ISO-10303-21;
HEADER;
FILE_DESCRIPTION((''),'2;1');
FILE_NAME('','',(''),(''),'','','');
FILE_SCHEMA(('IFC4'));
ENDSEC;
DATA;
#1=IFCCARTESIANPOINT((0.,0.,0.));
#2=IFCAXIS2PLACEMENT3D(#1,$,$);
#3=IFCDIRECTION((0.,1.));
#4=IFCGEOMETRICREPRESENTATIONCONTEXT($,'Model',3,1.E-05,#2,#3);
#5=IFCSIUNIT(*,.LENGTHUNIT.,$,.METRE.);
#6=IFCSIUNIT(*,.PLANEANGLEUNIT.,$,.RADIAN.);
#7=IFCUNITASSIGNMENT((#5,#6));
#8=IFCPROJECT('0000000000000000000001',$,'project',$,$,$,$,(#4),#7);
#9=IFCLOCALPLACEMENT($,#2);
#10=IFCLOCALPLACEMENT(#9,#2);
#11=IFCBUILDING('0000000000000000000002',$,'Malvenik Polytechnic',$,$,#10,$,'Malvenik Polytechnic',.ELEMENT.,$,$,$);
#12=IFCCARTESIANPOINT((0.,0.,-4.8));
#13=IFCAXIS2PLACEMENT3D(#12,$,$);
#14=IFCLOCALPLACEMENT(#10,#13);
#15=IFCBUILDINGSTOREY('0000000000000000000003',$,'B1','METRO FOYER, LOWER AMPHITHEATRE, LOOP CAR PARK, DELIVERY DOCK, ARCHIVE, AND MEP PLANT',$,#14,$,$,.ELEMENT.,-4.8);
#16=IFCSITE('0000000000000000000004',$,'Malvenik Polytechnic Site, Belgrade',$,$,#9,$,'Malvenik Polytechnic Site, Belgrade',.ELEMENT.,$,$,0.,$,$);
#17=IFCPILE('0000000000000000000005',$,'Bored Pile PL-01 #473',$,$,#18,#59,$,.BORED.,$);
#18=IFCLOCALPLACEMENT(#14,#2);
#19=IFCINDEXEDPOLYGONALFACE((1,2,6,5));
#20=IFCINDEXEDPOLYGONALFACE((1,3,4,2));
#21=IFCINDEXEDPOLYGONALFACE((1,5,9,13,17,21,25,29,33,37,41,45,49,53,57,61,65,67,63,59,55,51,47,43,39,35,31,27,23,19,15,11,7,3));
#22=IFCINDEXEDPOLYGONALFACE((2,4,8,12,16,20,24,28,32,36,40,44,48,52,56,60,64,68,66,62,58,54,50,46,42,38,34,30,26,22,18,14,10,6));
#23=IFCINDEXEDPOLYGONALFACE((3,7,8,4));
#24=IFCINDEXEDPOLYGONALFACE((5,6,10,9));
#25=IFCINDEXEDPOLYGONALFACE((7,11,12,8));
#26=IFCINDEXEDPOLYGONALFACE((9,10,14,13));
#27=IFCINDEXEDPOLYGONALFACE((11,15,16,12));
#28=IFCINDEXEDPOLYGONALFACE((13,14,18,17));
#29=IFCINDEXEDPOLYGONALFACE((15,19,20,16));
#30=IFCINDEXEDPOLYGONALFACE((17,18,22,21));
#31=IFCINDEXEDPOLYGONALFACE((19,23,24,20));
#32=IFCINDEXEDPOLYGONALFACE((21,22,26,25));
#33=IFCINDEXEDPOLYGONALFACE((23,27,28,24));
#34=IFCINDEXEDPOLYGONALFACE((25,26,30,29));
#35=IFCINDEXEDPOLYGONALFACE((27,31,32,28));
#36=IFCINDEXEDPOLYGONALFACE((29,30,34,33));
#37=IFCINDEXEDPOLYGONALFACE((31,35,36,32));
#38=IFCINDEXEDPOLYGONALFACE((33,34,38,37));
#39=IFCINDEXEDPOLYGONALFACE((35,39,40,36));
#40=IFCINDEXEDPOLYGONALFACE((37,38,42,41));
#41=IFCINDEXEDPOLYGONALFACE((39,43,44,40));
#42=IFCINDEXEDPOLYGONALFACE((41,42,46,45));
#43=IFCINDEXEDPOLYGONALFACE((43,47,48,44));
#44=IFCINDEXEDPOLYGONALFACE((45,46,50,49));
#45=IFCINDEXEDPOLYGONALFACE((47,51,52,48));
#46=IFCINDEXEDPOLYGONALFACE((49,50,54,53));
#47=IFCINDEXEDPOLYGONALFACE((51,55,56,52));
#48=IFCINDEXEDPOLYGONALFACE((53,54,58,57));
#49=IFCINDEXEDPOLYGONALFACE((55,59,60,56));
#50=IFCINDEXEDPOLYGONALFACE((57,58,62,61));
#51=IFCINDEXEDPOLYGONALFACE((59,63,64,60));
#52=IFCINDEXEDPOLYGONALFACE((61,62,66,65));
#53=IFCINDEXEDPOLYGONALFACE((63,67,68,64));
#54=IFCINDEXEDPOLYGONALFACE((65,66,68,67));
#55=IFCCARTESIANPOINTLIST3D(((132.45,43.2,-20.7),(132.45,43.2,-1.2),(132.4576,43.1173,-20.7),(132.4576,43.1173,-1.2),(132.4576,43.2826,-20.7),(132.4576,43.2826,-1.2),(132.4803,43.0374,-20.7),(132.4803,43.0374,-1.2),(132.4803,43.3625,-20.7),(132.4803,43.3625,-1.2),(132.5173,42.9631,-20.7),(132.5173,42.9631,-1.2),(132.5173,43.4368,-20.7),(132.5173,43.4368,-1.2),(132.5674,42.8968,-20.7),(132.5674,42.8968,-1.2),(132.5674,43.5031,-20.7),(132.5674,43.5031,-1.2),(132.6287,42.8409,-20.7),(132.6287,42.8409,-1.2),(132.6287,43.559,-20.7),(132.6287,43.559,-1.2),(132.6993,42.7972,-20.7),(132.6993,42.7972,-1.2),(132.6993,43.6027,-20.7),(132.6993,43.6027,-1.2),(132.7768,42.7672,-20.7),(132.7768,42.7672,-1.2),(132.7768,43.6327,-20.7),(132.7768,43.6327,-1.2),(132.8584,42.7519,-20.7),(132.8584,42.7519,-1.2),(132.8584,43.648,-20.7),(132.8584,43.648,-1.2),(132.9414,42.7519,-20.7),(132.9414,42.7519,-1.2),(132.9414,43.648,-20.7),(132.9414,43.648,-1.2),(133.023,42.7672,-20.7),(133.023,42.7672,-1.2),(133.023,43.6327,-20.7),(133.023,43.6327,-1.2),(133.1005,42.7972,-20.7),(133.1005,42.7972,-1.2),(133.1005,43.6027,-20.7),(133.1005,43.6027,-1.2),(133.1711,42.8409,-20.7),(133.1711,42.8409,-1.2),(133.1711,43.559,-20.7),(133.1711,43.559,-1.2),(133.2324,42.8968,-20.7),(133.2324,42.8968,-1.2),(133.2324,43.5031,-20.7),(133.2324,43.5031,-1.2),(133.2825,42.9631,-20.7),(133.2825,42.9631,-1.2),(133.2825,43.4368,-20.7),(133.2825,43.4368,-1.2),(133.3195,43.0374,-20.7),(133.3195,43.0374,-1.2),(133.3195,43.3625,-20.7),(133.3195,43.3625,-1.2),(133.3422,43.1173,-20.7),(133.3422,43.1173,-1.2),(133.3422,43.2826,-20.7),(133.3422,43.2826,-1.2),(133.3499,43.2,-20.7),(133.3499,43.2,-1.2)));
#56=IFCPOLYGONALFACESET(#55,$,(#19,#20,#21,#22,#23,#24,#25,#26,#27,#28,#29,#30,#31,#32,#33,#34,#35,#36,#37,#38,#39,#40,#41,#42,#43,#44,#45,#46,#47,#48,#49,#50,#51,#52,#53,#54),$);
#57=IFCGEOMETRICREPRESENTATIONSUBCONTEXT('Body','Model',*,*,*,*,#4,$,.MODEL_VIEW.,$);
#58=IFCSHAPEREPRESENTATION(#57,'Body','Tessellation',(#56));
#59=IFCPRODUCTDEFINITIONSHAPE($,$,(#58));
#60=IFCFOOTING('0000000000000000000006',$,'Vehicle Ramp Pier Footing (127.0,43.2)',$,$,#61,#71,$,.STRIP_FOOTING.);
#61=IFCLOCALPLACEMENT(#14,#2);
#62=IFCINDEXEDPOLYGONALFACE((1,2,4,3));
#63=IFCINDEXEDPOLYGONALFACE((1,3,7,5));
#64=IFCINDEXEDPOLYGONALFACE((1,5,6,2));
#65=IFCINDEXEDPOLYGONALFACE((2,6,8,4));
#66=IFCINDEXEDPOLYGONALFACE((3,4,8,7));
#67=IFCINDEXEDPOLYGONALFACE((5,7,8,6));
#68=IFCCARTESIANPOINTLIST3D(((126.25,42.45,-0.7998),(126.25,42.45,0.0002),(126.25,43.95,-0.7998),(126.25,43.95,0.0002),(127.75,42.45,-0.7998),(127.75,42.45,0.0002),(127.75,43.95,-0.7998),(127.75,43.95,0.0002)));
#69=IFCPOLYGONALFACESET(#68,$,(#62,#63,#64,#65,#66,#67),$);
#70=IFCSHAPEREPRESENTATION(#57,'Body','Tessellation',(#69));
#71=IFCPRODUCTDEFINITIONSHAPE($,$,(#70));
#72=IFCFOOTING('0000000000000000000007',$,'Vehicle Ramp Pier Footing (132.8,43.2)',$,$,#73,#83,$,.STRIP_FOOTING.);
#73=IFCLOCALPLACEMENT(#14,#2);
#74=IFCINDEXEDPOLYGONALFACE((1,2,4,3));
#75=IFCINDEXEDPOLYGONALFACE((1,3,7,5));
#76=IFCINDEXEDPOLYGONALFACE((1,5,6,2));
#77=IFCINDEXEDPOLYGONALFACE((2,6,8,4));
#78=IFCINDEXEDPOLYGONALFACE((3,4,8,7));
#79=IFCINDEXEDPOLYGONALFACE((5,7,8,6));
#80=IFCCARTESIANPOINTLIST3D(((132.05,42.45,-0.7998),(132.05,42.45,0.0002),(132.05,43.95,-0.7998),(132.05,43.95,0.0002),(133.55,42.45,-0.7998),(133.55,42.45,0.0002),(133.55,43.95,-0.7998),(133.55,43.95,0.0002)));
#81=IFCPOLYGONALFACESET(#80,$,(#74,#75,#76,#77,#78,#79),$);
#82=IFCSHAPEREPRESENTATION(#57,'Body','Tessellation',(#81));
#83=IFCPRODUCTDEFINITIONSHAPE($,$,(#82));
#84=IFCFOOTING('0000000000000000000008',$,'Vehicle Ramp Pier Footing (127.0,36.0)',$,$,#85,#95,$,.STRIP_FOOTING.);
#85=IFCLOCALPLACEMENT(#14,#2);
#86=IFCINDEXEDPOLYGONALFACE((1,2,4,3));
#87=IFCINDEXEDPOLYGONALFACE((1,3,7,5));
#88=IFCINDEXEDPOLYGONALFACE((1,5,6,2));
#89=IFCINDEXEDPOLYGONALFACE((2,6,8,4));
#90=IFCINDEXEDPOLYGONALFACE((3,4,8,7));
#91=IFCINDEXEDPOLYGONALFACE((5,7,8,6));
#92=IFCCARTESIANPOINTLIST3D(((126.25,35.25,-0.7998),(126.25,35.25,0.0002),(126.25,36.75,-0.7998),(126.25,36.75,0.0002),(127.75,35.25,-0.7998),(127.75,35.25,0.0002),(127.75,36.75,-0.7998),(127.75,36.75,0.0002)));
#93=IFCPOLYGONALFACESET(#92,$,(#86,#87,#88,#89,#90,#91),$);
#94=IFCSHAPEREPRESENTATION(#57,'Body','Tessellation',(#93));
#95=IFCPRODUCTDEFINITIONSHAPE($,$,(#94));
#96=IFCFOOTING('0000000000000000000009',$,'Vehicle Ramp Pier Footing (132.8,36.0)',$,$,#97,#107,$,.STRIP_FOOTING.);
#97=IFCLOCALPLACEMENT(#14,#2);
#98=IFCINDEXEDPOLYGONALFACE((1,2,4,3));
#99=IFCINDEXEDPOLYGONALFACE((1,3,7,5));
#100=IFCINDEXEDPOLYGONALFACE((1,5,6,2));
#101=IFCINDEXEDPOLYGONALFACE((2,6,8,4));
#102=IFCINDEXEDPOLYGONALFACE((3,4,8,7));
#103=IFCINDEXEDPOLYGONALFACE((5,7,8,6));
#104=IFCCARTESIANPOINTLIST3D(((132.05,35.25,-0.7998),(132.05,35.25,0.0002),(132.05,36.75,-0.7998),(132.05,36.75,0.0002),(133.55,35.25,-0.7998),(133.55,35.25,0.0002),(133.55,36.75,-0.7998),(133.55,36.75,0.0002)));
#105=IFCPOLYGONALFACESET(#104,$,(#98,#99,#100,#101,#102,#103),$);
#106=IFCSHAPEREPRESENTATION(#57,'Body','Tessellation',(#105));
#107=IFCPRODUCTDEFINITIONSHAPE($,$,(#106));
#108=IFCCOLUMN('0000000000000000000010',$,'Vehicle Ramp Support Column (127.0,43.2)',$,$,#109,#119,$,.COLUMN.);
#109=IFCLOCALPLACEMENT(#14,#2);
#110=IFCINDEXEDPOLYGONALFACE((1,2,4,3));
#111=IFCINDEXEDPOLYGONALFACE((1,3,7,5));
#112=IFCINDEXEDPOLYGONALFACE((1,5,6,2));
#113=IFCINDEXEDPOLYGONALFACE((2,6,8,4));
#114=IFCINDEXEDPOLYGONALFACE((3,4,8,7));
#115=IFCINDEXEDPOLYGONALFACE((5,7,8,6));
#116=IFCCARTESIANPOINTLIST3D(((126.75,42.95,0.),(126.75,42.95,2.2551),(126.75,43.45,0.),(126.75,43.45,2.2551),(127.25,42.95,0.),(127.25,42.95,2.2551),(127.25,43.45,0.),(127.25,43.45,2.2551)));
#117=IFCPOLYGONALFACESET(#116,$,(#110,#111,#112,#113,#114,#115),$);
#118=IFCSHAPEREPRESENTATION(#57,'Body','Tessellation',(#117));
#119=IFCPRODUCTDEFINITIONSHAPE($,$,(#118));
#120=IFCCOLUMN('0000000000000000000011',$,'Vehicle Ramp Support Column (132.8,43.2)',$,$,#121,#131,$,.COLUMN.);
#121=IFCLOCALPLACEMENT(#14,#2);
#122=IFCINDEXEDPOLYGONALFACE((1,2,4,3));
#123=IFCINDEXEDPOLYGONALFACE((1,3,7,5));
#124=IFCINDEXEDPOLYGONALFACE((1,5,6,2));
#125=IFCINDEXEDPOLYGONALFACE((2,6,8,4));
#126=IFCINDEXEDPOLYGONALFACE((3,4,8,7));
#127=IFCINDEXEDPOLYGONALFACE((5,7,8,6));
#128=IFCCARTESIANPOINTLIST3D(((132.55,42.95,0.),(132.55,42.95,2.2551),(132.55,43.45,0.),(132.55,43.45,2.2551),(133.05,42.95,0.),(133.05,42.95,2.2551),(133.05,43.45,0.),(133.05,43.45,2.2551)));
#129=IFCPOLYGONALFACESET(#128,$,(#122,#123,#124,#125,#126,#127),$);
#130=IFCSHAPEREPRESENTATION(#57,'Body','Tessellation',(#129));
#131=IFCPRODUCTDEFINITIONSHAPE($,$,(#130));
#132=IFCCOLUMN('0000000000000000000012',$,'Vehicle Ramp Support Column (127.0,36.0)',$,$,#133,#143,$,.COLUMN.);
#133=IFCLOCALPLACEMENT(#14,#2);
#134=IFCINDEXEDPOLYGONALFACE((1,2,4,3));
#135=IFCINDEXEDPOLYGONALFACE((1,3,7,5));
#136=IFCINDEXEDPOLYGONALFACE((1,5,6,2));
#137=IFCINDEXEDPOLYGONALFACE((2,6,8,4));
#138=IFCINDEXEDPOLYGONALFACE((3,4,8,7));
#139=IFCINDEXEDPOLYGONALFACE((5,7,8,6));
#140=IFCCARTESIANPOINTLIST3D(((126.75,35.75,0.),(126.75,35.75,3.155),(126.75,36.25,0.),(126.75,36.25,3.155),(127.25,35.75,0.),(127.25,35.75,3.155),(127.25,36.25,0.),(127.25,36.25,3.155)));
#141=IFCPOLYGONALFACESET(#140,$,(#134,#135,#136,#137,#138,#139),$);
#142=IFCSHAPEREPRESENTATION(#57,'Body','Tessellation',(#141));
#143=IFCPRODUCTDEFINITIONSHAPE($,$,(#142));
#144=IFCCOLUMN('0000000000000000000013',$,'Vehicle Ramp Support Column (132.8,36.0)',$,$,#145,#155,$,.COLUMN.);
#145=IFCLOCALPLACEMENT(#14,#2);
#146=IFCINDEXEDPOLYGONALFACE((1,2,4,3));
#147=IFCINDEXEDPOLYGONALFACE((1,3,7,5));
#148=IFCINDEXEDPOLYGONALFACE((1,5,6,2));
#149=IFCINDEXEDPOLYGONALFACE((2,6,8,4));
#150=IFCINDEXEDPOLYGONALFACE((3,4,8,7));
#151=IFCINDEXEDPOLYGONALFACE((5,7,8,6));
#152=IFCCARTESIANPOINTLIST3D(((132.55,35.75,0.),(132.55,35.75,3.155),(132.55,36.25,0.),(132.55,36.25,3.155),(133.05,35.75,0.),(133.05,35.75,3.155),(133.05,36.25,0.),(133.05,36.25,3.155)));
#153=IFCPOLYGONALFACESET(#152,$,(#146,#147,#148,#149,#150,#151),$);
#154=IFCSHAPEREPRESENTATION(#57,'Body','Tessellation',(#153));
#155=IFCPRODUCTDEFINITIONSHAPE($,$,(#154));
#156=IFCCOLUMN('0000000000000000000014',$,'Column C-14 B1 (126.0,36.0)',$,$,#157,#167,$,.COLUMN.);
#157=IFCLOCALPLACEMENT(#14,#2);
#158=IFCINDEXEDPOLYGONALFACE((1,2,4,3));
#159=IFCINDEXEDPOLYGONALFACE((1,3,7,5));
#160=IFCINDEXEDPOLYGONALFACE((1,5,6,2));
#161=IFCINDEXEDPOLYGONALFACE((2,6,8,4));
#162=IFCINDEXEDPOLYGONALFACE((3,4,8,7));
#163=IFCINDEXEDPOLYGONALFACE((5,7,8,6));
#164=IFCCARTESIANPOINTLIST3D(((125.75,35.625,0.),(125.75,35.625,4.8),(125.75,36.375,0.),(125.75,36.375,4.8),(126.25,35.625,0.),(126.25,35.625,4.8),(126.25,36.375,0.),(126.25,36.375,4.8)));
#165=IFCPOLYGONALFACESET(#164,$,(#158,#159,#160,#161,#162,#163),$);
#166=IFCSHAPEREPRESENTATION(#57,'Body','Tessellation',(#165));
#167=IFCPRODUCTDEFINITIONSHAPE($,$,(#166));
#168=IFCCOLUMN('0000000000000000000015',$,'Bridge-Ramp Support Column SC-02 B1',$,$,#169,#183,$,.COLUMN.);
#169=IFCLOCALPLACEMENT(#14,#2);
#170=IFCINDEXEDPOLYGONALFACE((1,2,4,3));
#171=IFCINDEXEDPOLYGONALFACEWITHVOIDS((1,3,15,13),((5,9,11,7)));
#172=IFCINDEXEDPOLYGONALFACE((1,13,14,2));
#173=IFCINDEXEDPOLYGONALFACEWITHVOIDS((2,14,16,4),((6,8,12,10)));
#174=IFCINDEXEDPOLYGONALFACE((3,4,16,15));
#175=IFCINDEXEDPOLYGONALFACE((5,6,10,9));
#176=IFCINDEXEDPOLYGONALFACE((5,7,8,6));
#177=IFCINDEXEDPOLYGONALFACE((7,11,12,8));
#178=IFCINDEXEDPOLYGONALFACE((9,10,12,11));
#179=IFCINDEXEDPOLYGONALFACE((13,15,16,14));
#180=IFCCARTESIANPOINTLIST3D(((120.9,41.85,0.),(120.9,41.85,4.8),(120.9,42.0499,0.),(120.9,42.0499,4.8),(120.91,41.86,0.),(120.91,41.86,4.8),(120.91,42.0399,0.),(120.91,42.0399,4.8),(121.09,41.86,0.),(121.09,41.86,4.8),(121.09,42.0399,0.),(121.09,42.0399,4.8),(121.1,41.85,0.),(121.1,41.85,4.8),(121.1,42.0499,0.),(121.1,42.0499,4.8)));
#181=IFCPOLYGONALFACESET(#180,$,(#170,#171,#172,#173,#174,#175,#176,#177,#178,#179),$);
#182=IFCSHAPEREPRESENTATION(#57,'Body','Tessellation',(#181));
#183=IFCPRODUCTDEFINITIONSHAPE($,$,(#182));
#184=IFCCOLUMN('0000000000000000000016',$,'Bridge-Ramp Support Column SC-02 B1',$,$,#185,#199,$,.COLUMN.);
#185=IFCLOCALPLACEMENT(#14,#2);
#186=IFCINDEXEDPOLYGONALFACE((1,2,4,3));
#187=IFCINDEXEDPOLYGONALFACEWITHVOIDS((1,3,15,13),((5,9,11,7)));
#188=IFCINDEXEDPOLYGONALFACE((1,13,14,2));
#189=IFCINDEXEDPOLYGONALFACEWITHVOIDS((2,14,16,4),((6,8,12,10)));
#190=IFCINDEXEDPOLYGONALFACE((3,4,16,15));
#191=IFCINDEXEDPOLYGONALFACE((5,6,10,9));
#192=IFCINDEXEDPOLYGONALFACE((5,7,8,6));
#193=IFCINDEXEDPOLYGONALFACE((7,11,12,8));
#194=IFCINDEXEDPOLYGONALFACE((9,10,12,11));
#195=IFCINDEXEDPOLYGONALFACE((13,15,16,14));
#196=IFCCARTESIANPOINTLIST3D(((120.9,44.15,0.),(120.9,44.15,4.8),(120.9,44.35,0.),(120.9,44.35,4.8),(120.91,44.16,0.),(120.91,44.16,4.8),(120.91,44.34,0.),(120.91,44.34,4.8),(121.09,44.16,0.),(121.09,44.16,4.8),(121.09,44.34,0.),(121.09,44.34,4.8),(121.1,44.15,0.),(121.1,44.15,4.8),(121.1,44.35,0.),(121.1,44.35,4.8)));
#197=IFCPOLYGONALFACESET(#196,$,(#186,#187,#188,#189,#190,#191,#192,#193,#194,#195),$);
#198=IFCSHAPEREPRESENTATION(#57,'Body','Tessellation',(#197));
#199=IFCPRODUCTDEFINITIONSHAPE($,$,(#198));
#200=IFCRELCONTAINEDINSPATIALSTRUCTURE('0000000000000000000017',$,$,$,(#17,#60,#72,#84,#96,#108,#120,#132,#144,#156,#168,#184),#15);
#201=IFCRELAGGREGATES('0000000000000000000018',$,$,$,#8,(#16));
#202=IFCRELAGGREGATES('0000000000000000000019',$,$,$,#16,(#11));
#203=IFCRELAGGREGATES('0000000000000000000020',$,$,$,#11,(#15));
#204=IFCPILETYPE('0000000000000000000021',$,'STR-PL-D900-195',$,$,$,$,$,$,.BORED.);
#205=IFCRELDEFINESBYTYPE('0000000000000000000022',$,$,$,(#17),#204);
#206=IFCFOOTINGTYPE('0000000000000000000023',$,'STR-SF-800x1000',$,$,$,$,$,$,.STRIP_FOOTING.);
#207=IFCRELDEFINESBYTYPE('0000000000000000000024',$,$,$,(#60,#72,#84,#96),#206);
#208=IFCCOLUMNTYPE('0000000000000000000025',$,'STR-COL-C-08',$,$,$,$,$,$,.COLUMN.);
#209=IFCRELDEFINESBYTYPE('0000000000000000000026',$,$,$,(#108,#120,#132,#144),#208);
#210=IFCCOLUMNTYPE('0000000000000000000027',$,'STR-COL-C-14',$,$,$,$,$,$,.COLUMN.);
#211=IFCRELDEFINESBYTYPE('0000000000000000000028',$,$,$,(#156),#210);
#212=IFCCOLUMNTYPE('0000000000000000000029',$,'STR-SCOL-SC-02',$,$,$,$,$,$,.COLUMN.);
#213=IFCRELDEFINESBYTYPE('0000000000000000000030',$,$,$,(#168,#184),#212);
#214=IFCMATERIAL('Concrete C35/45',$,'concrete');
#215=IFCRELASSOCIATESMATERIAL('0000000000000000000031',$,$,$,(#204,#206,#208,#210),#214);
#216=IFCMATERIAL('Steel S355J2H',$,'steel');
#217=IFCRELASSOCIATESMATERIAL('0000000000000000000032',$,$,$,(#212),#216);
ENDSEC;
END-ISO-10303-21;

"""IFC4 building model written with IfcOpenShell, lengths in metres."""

from ifc_helpers import new_model, si_unit, direction, frame, origin, origin_2d, place, context, subcontext, project, spatial, rectangle, hollow_rectangle, circle, extrude, material, material_profile, profile_set, type_object, element, save


model = new_model("IFC4")

# Units and contexts
model_context = context("Model", 3, precision=1e-05, world=origin(), true_north=direction((0.0, 1.0)))
body_context = subcontext(model_context, "Body", "Model", "MODEL_VIEW")
ifc_project = project(units=[si_unit("LENGTHUNIT", "METRE"), si_unit("PLANEANGLEUNIT", "RADIAN")], contexts=[model_context])

# Site, building, storey
site_placement = place(None, origin())
site = spatial("IfcSite", under=ifc_project, at=site_placement, Name="Malvenik Polytechnic Site, Belgrade", LongName="Malvenik Polytechnic Site, Belgrade", CompositionType="ELEMENT", RefElevation=0.0)
building_placement = place(site_placement, origin())
building = spatial("IfcBuilding", under=site, at=building_placement, Name="Malvenik Polytechnic", LongName="Malvenik Polytechnic", CompositionType="ELEMENT")
storey_placement = place(building_placement, frame((0.0, 0.0, -4.8)))
storey = spatial("IfcBuildingStorey", under=building, at=storey_placement, Name="B1", Description="METRO FOYER, LOWER AMPHITHEATRE, LOOP CAR PARK, DELIVERY DOCK, ARCHIVE, AND MEP PLANT", CompositionType="ELEMENT", Elevation=-4.8)

# Shared definitions
ifc_material_1 = material(Name="Concrete C35/45", Category="concrete")

# Pile
ifc_material_profile_1 = material_profile(ifc_material_1, circle(Radius=0.45, at=origin_2d()), Name="BORED PILE D900")
ifc_profile_set_1 = profile_set([ifc_material_profile_1], Name="Concrete C35/45")
pile_type_1 = type_object("IfcPileType", Name="STR-PL-D900-195", PredefinedType="BORED", material=ifc_profile_set_1)
for number, where, z_axis, x_axis, name in (
    (1, (132.8999, 43.2, -1.2), (0.0, 0.0, -1.0), (1.0, 0.0, 0.0), "Bored Pile PL-01 #473"),
):
    element("IfcPile", number, at=place(storey_placement, frame(where, z_axis=z_axis, x_axis=x_axis)), inside=storey, type_object=pile_type_1, Name=name, PredefinedType="BORED", context=body_context, shape_type="SweptSolid", body=[
        extrude(circle(Radius=0.45, at=origin_2d()), origin(), (0.0, 0.0, 1.0), 19.5),
    ])

# Footings
footing_type_1 = type_object("IfcFootingType", Name="STR-SF-800x1000", PredefinedType="STRIP_FOOTING", material=ifc_material_1)
for number, where, z_axis, x_axis, name in (
    (2, (127.0, 43.2, -0.7998), (0.0, 0.0, 1.0), (1.0, 0.0, 0.0), "Vehicle Ramp Pier Footing (127.0,43.2)"),
    (3, (132.8, 43.2, -0.7998), (0.0, 0.0, 1.0), (1.0, 0.0, 0.0), "Vehicle Ramp Pier Footing (132.8,43.2)"),
    (4, (127.0, 36.0, -0.7998), (0.0, 0.0, 1.0), (1.0, 0.0, 0.0), "Vehicle Ramp Pier Footing (127.0,36.0)"),
    (5, (132.8, 36.0, -0.7998), (0.0, 0.0, 1.0), (1.0, 0.0, 0.0), "Vehicle Ramp Pier Footing (132.8,36.0)"),
):
    element("IfcFooting", number, at=place(storey_placement, frame(where, z_axis=z_axis, x_axis=x_axis)), inside=storey, type_object=footing_type_1, Name=name, PredefinedType="STRIP_FOOTING", context=body_context, shape_type="SweptSolid", body=[
        extrude(rectangle(XDim=1.5, YDim=1.5, at=origin_2d()), origin(), (0.0, 0.0, 1.0), 0.8),
    ])

# Columns
ifc_material_profile_2 = material_profile(ifc_material_1, rectangle(XDim=0.5, YDim=0.5, at=origin_2d()), Name="RC COL 500x500")
ifc_profile_set_2 = profile_set([ifc_material_profile_2], Name="Concrete C35/45")
column_type_1 = type_object("IfcColumnType", Name="STR-COL-C-08", PredefinedType="COLUMN", material=ifc_profile_set_2)
for number, where, z_axis, x_axis, name in (
    (6, (127.0, 43.2, 0.0), (0.0, 0.0, 1.0), (1.0, 0.0, 0.0), "Vehicle Ramp Support Column (127.0,43.2)"),
    (7, (132.8, 43.2, 0.0), (0.0, 0.0, 1.0), (1.0, 0.0, 0.0), "Vehicle Ramp Support Column (132.8,43.2)"),
):
    element("IfcColumn", number, at=place(storey_placement, frame(where, z_axis=z_axis, x_axis=x_axis)), inside=storey, type_object=column_type_1, Name=name, PredefinedType="COLUMN", context=body_context, shape_type="SweptSolid", body=[
        extrude(rectangle(XDim=0.5, YDim=0.5, at=origin_2d()), origin(), (0.0, 0.0, 1.0), 2.2551),
    ])
for number, where, z_axis, x_axis, name in (
    (8, (127.0, 36.0, 0.0), (0.0, 0.0, 1.0), (1.0, 0.0, 0.0), "Vehicle Ramp Support Column (127.0,36.0)"),
    (9, (132.8, 36.0, 0.0), (0.0, 0.0, 1.0), (1.0, 0.0, 0.0), "Vehicle Ramp Support Column (132.8,36.0)"),
):
    element("IfcColumn", number, at=place(storey_placement, frame(where, z_axis=z_axis, x_axis=x_axis)), inside=storey, type_object=column_type_1, Name=name, PredefinedType="COLUMN", context=body_context, shape_type="SweptSolid", body=[
        extrude(rectangle(XDim=0.5, YDim=0.5, at=origin_2d()), origin(), (0.0, 0.0, 1.0), 3.155),
    ])
ifc_material_profile_3 = material_profile(ifc_material_1, rectangle(XDim=0.5, YDim=0.75, at=origin_2d()), Name="RC COL 750x500")
ifc_profile_set_3 = profile_set([ifc_material_profile_3], Name="Concrete C35/45")
column_type_2 = type_object("IfcColumnType", Name="STR-COL-C-14", PredefinedType="COLUMN", material=ifc_profile_set_3)
column_placement = place(storey_placement, frame((126.0, 36.0, 0.0), z_axis=(0.0, 0.0, 1.0), x_axis=(1.0, 0.0, 0.0)))
element("IfcColumn", 10, at=column_placement, inside=storey, type_object=column_type_2, Name="Column C-14 B1 (126.0,36.0)", PredefinedType="COLUMN", context=body_context, shape_type="SweptSolid", body=[
    extrude(rectangle(XDim=0.5, YDim=0.75, at=origin_2d()), origin(), (0.0, 0.0, 1.0), 4.8),
])
ifc_material_2 = material(Name="Steel S355J2H", Category="steel")
ifc_material_profile_4 = material_profile(ifc_material_2, hollow_rectangle(XDim=0.2, YDim=0.2, WallThickness=0.01, at=origin_2d()), Name="SHS 200x200x10.0")
ifc_profile_set_4 = profile_set([ifc_material_profile_4], Name="Steel S355J2H")
column_type_3 = type_object("IfcColumnType", Name="STR-SCOL-SC-02", PredefinedType="COLUMN", material=ifc_profile_set_4)
for number, where, z_axis, x_axis, name in (
    (11, (121.0, 41.95, 0.0), (0.0, 0.0, 1.0), (1.0, 0.0, 0.0), "Bridge-Ramp Support Column SC-02 B1"),
    (12, (121.0, 44.25, 0.0), (0.0, 0.0, 1.0), (1.0, 0.0, 0.0), "Bridge-Ramp Support Column SC-02 B1"),
):
    element("IfcColumn", number, at=place(storey_placement, frame(where, z_axis=z_axis, x_axis=x_axis)), inside=storey, type_object=column_type_3, Name=name, PredefinedType="COLUMN", context=body_context, shape_type="SweptSolid", body=[
        extrude(hollow_rectangle(XDim=0.2, YDim=0.2, WallThickness=0.01, at=origin_2d()), origin(), (0.0, 0.0, 1.0), 4.8),
    ])

save(model, "model.ifc")
